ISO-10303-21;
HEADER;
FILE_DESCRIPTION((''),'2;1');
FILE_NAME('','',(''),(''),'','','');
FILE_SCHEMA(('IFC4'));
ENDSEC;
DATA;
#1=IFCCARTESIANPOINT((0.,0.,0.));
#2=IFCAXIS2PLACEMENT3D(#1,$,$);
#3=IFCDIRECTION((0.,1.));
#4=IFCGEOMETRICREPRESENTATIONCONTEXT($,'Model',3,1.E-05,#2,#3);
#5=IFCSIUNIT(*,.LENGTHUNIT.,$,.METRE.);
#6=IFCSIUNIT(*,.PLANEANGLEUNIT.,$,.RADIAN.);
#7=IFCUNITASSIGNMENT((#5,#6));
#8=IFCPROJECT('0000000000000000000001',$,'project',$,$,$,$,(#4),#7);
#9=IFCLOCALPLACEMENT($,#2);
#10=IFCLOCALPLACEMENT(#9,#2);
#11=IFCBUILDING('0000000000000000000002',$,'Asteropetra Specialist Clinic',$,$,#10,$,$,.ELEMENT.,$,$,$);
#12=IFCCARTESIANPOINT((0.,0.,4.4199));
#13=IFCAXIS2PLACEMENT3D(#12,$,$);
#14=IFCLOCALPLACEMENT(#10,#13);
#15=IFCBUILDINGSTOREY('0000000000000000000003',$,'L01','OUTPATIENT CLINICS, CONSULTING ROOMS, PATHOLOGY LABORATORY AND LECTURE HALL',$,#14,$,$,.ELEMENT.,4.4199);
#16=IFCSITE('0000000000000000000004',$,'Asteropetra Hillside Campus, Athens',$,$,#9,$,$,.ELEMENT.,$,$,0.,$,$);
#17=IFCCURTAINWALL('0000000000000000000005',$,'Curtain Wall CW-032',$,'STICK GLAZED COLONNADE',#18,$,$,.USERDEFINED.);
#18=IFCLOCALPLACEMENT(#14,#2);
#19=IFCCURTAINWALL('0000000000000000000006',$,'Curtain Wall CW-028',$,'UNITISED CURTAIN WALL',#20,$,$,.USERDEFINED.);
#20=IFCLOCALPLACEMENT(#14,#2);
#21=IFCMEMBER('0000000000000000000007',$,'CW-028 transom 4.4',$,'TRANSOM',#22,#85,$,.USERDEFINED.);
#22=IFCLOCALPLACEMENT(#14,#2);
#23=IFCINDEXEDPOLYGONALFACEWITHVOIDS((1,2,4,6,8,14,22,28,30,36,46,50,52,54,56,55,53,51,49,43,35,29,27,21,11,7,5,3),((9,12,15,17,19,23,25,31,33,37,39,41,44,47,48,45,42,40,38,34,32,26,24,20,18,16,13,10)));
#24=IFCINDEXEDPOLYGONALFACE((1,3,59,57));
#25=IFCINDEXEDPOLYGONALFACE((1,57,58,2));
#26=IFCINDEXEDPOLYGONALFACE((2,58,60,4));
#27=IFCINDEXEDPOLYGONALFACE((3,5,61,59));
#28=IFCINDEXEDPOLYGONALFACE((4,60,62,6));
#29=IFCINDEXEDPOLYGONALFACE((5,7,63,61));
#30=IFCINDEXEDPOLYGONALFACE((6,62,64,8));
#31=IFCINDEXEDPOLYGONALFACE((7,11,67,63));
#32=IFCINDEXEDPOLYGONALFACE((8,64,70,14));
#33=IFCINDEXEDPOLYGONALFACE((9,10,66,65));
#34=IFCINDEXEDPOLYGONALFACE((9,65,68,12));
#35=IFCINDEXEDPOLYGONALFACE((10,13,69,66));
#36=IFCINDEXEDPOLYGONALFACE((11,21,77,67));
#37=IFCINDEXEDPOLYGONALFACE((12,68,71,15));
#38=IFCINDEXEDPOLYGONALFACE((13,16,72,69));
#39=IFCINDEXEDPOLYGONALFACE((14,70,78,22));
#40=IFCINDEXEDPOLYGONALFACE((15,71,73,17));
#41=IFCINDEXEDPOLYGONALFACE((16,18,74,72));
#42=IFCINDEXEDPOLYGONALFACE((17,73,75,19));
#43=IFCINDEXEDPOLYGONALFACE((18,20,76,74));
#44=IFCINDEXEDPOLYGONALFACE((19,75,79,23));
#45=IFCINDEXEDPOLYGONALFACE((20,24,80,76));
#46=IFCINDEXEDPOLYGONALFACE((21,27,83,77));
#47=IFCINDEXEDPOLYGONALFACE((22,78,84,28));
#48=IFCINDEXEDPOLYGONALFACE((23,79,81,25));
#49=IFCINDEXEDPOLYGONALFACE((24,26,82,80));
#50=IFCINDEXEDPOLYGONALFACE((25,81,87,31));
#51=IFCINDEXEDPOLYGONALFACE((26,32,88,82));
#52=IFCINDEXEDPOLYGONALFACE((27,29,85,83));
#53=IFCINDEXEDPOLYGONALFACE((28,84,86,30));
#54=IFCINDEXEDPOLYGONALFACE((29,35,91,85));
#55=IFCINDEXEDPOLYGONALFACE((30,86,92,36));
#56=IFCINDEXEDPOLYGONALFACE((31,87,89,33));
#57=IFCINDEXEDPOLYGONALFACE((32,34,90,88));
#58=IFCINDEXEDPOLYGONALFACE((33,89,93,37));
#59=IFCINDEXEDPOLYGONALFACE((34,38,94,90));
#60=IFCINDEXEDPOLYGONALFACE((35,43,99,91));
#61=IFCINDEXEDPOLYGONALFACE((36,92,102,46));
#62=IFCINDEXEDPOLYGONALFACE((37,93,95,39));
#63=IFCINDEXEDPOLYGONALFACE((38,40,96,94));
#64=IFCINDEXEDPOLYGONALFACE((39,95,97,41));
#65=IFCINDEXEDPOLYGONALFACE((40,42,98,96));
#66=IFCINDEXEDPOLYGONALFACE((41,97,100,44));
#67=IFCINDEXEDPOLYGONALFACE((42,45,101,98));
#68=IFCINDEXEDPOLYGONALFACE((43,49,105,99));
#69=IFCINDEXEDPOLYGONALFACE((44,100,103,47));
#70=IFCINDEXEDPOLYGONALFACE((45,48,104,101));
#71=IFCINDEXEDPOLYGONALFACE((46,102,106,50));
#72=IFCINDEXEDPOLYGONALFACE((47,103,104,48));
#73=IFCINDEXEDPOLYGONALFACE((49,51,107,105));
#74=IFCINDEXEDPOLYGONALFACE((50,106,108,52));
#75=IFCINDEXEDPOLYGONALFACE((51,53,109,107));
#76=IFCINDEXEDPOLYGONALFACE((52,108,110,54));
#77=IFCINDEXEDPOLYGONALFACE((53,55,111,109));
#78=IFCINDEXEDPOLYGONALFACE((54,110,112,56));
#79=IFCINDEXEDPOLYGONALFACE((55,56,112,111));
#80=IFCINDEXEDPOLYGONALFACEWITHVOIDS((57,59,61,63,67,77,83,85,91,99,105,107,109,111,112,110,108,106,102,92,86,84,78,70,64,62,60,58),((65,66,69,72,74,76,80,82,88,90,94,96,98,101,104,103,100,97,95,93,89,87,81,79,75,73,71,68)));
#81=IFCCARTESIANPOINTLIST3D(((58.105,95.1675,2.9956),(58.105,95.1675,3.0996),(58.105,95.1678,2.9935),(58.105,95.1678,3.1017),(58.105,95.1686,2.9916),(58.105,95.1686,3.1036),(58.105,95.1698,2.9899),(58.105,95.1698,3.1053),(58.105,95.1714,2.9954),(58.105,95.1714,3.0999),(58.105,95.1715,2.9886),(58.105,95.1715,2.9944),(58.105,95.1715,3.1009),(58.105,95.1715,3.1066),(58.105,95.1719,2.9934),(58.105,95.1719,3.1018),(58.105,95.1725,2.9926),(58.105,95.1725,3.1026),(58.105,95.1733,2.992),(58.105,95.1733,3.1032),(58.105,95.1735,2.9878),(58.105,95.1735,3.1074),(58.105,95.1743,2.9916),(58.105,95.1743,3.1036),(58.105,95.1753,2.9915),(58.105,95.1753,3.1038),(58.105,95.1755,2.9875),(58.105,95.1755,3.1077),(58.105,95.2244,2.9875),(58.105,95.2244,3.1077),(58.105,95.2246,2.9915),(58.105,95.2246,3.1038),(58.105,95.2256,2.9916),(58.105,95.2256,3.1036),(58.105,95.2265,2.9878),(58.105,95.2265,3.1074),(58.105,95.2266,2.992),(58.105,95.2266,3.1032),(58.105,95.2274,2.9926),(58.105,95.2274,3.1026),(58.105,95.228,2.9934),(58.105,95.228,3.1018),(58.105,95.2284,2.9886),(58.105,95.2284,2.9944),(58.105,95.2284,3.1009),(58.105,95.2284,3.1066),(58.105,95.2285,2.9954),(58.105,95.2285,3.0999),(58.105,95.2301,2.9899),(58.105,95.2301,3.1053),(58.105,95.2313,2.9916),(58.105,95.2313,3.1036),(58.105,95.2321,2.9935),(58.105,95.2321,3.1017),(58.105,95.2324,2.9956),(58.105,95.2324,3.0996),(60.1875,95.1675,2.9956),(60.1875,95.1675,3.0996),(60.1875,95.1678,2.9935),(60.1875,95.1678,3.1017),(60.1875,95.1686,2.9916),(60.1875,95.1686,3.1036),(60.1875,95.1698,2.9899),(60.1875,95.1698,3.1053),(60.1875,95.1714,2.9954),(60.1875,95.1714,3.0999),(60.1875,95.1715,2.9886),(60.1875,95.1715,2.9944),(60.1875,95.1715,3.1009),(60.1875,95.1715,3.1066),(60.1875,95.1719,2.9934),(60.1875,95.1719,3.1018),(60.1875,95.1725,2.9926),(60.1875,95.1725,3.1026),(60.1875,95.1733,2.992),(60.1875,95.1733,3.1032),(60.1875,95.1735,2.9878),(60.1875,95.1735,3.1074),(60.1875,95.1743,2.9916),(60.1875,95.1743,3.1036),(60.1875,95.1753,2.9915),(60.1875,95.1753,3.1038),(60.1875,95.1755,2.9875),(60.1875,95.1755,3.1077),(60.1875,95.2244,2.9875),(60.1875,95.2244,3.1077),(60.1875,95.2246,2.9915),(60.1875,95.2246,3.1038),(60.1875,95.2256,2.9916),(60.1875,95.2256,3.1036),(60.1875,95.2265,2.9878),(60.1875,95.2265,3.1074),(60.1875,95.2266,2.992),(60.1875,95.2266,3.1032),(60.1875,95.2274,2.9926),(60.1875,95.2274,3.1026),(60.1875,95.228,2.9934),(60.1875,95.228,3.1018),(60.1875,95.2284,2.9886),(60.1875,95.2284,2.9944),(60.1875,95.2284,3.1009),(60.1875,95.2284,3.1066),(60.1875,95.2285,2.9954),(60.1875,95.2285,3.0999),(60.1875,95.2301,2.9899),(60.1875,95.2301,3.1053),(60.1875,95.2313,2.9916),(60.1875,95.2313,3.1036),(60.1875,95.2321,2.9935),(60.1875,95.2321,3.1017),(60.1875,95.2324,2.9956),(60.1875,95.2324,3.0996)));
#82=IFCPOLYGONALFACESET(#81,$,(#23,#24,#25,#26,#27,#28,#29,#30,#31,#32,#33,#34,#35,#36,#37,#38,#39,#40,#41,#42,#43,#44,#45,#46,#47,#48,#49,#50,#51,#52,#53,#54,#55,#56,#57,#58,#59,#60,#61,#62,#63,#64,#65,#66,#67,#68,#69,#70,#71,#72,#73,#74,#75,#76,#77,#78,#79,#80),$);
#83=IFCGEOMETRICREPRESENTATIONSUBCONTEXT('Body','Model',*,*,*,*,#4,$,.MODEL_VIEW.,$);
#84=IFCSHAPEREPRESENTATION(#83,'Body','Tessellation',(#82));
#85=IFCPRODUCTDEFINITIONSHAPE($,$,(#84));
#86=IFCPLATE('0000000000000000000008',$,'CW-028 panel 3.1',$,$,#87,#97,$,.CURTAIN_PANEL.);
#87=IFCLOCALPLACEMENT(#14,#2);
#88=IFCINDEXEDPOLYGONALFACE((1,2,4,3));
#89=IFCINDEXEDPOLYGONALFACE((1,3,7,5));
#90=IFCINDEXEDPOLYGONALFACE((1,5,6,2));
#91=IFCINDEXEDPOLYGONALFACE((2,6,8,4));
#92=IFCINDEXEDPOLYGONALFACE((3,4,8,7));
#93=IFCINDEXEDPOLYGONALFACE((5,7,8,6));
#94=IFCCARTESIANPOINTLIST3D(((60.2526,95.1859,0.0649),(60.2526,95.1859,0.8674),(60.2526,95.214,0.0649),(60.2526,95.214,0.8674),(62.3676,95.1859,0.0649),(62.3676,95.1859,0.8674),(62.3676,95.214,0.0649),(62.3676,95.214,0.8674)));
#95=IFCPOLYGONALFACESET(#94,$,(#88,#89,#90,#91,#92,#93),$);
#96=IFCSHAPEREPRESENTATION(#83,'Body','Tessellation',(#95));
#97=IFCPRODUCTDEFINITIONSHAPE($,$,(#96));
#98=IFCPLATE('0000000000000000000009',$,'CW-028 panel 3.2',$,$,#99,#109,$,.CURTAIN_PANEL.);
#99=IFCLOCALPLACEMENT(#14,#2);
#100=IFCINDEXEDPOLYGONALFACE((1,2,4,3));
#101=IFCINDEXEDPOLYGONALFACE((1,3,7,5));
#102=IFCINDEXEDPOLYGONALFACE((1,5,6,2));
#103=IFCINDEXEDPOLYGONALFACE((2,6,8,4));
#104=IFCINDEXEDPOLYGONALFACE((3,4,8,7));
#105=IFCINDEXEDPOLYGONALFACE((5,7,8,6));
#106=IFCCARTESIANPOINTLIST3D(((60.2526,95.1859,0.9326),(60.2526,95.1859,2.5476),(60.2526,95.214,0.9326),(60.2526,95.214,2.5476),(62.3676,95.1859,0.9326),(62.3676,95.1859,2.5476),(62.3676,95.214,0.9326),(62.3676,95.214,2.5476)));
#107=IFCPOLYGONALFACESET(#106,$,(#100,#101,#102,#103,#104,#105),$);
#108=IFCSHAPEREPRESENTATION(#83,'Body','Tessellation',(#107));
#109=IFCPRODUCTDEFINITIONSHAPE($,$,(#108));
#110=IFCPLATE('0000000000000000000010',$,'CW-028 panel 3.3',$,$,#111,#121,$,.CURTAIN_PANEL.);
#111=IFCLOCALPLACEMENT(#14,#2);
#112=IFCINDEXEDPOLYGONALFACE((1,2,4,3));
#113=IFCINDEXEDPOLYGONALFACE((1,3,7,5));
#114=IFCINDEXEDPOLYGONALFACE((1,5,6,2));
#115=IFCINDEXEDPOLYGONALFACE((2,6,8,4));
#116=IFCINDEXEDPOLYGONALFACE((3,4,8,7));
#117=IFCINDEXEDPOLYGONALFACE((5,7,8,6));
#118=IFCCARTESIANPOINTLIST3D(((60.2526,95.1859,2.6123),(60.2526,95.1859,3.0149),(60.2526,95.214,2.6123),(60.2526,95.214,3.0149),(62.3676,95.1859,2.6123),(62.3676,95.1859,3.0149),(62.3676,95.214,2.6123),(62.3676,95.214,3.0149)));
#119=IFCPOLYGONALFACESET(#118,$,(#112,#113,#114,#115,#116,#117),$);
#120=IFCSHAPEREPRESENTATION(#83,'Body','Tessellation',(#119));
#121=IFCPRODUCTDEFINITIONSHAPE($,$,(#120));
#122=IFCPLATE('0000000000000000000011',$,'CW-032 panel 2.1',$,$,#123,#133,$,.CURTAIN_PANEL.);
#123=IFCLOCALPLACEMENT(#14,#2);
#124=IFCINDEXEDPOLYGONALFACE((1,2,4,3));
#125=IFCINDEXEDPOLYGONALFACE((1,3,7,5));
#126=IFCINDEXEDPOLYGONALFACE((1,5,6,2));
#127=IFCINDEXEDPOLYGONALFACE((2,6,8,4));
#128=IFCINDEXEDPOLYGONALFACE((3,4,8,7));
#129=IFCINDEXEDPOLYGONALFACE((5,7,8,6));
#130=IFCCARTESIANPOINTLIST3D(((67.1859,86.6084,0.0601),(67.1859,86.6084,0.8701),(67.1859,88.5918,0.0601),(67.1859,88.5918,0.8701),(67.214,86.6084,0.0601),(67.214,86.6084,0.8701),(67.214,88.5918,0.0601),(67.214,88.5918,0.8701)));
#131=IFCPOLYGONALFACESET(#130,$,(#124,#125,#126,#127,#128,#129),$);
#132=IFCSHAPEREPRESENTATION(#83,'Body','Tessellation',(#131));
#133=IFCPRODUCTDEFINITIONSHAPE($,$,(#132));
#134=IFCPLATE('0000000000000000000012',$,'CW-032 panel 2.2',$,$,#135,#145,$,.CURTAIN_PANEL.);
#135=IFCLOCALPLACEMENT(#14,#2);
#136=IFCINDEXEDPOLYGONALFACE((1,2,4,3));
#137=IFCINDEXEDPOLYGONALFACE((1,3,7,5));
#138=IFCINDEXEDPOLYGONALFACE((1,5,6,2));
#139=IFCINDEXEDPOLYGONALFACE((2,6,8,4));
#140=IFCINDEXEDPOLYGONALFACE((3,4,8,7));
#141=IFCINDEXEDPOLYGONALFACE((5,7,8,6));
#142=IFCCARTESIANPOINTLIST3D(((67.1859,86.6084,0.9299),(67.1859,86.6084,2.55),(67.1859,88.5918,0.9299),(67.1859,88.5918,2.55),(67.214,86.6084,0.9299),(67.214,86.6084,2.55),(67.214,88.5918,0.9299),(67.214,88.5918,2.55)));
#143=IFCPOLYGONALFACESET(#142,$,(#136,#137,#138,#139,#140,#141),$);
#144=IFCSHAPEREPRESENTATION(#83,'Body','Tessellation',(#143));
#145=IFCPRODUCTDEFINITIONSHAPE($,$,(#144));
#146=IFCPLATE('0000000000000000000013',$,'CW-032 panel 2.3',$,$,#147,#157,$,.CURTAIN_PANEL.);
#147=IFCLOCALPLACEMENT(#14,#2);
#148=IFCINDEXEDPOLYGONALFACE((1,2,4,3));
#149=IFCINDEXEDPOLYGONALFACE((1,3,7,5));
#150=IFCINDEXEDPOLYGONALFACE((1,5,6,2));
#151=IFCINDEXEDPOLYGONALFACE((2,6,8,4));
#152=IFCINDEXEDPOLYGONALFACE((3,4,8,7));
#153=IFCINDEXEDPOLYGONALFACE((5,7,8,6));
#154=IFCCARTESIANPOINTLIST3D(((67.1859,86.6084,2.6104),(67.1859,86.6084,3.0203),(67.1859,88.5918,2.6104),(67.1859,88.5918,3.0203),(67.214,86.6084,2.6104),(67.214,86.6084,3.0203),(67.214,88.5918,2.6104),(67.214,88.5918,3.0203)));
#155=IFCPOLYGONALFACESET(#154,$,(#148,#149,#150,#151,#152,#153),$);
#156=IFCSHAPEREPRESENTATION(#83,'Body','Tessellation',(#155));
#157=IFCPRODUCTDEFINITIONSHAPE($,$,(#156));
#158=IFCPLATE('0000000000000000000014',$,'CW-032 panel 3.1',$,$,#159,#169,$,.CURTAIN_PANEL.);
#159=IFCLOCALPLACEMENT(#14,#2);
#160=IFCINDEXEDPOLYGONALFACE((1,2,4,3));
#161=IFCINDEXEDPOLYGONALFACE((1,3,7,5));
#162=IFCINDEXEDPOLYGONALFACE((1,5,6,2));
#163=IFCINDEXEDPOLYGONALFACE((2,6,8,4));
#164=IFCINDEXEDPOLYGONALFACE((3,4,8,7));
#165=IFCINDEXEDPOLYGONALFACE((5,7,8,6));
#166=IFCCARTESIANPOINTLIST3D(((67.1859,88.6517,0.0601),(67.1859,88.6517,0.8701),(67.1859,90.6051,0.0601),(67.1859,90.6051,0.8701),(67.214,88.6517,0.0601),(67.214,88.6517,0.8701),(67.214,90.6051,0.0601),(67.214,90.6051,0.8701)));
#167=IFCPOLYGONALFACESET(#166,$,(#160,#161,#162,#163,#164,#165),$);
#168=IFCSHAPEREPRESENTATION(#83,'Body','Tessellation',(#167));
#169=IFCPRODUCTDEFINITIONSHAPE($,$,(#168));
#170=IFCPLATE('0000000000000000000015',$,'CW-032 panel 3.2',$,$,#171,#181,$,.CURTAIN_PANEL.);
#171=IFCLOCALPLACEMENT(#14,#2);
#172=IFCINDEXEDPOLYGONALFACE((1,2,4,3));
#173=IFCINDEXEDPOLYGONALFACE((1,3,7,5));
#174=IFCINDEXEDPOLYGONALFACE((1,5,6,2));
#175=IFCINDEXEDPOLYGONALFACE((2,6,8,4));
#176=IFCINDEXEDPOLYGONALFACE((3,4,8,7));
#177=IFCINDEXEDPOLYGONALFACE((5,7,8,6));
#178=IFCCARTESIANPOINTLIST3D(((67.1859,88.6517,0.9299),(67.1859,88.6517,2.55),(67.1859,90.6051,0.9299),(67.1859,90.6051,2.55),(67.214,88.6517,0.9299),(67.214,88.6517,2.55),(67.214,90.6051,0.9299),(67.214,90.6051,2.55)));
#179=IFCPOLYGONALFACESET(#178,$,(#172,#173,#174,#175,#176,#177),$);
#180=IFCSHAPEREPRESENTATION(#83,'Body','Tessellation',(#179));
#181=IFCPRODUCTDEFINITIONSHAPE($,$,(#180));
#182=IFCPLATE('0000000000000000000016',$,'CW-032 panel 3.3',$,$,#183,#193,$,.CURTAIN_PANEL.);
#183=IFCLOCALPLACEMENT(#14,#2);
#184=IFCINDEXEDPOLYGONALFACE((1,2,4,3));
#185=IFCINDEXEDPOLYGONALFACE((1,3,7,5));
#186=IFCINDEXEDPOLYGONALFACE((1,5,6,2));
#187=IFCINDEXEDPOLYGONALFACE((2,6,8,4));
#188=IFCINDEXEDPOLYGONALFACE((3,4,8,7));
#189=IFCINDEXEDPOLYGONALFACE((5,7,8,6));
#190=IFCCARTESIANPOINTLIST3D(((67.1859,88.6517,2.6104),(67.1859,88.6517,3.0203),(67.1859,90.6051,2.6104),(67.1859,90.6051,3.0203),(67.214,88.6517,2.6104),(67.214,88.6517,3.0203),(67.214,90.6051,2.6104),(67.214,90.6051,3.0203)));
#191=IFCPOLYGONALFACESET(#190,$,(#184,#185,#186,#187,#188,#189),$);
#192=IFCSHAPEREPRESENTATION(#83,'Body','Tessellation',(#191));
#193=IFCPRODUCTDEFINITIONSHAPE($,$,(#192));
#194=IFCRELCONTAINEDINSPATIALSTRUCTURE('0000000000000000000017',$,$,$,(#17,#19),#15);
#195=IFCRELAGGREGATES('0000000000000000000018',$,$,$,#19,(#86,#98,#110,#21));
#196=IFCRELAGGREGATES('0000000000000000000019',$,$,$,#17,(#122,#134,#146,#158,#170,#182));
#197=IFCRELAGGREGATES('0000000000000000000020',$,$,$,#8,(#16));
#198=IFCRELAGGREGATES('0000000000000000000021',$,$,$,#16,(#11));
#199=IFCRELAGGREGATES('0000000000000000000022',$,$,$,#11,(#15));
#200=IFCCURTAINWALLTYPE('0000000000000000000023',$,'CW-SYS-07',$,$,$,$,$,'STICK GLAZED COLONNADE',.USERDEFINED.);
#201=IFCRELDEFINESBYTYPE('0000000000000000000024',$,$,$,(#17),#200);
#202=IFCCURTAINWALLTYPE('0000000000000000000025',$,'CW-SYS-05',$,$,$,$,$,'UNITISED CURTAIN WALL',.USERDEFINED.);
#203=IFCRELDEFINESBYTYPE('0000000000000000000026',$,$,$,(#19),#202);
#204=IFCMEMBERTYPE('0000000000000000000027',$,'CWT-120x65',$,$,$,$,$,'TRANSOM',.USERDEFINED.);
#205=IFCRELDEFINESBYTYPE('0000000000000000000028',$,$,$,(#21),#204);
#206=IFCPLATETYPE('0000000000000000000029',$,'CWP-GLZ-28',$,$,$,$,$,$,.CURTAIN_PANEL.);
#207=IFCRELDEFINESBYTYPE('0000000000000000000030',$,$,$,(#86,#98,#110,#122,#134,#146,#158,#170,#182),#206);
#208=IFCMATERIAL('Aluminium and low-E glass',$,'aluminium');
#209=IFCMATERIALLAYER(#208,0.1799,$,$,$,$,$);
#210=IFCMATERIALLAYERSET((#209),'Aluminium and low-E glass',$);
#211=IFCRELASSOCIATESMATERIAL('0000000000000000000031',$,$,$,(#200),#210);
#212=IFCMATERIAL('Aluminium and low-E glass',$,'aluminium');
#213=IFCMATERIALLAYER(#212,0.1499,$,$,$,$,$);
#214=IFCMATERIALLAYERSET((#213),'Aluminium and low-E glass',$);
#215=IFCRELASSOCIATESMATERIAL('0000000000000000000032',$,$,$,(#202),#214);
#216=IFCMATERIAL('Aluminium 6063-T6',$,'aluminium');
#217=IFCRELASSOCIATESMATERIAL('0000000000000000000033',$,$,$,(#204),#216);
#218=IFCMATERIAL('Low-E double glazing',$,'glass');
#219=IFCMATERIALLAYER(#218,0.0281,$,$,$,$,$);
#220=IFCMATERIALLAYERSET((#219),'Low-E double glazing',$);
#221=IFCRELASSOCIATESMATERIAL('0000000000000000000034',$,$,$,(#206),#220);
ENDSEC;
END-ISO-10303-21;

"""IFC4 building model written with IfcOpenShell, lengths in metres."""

from ifc_helpers import new_model, si_unit, direction, frame, origin, origin_2d, place, context, subcontext, project, spatial, rectangle, hollow_rectangle, extrude, material, layer, layer_set, material_profile, profile_set, type_object, element, aggregate, save


model = new_model("IFC4")

# Units and contexts
model_context = context("Model", 3, precision=1e-05, world=origin(), true_north=direction((0.0, 1.0)))
body_context = subcontext(model_context, "Body", "Model", "MODEL_VIEW")
ifc_project = project(units=[si_unit("LENGTHUNIT", "METRE"), si_unit("PLANEANGLEUNIT", "RADIAN")], contexts=[model_context])

# Site, building, storey
site_placement = place(None, origin())
site = spatial("IfcSite", under=ifc_project, at=site_placement, Name="Asteropetra Hillside Campus, Athens", CompositionType="ELEMENT", RefElevation=0.0)
building_placement = place(site_placement, origin())
building = spatial("IfcBuilding", under=site, at=building_placement, Name="Asteropetra Specialist Clinic", CompositionType="ELEMENT")
storey_placement = place(building_placement, frame((0.0, 0.0, 4.4199)))
storey = spatial("IfcBuildingStorey", under=building, at=storey_placement, Name="L01", Description="OUTPATIENT CLINICS, CONSULTING ROOMS, PATHOLOGY LABORATORY AND LECTURE HALL", CompositionType="ELEMENT", Elevation=4.4199)

# Curtain wall
ifc_material_1 = material(Name="Aluminium and low-E glass", Category="aluminium")
ifc_layer_1 = layer(ifc_material_1, 0.1799)
ifc_layer_set_1 = layer_set([ifc_layer_1], Name="Aluminium and low-E glass")
curtain_wall_type_1 = type_object("IfcCurtainWallType", Name="CW-SYS-07", ElementType="STICK GLAZED COLONNADE", PredefinedType="USERDEFINED", material=ifc_layer_set_1)
curtain_wall_1_placement = place(storey_placement, origin())
curtain_wall_1 = element("IfcCurtainWall", 1, at=curtain_wall_1_placement, inside=storey, type_object=curtain_wall_type_1, Name="Curtain Wall CW-032", ObjectType="STICK GLAZED COLONNADE", PredefinedType="USERDEFINED")

# Curtain wall
ifc_material_2 = material(Name="Aluminium and low-E glass", Category="aluminium")
ifc_layer_2 = layer(ifc_material_2, 0.1499)
ifc_layer_set_2 = layer_set([ifc_layer_2], Name="Aluminium and low-E glass")
curtain_wall_type_2 = type_object("IfcCurtainWallType", Name="CW-SYS-05", ElementType="UNITISED CURTAIN WALL", PredefinedType="USERDEFINED", material=ifc_layer_set_2)
curtain_wall_2_placement = place(storey_placement, origin())
curtain_wall_2 = element("IfcCurtainWall", 2, at=curtain_wall_2_placement, inside=storey, type_object=curtain_wall_type_2, Name="Curtain Wall CW-028", ObjectType="UNITISED CURTAIN WALL", PredefinedType="USERDEFINED")

# Member
ifc_material_3 = material(Name="Aluminium 6063-T6", Category="aluminium")
ifc_material_profile_1 = material_profile(ifc_material_3, hollow_rectangle(XDim=0.0649, YDim=0.1201, WallThickness=0.0039, InnerFilletRadius=0.0039, OuterFilletRadius=0.0081, at=origin_2d()), Name="TRN 120x65x4.0")
ifc_profile_set_1 = profile_set([ifc_material_profile_1], Name="Aluminium 6063-T6")
member_type_1 = type_object("IfcMemberType", Name="CWT-120x65", ElementType="TRANSOM", PredefinedType="USERDEFINED", material=ifc_profile_set_1)
member_1_placement = place(storey_placement, frame((60.1875, 95.2, 3.0476), z_axis=(-1.0, 0.0, 0.0), x_axis=(0.0, -1.0, 0.0)))
member_1 = element("IfcMember", 3, at=member_1_placement, type_object=member_type_1, Name="CW-028 transom 4.4", ObjectType="TRANSOM", PredefinedType="USERDEFINED", context=body_context, shape_type="SweptSolid", body=[
    extrude(hollow_rectangle(XDim=0.0649, YDim=0.1201, WallThickness=0.0039, InnerFilletRadius=0.0039, OuterFilletRadius=0.0081, at=origin_2d()), origin(), (0.0, 0.0, 1.0), 2.0825),
])

# Plates
ifc_material_4 = material(Name="Low-E double glazing", Category="glass")
ifc_layer_3 = layer(ifc_material_4, 0.0281)
ifc_layer_set_3 = layer_set([ifc_layer_3], Name="Low-E double glazing")
plate_type = type_object("IfcPlateType", Name="CWP-GLZ-28", PredefinedType="CURTAIN_PANEL", material=ifc_layer_set_3)
plate_1_placement = place(storey_placement, frame((61.3101, 95.2, 0.0649), z_axis=(0.0, 0.0, 1.0), x_axis=(-1.0, 0.0, 0.0)))
plate_1 = element("IfcPlate", 4, at=plate_1_placement, type_object=plate_type, Name="CW-028 panel 3.1", PredefinedType="CURTAIN_PANEL", context=body_context, shape_type="SweptSolid", body=[
    extrude(rectangle(XDim=2.115, YDim=0.0281, at=origin_2d()), origin(), (0.0, 0.0, 1.0), 0.8025),
])
plate_2_placement = place(storey_placement, frame((61.3101, 95.2, 0.9326), z_axis=(0.0, 0.0, 1.0), x_axis=(-1.0, 0.0, 0.0)))
plate_2 = element("IfcPlate", 5, at=plate_2_placement, type_object=plate_type, Name="CW-028 panel 3.2", PredefinedType="CURTAIN_PANEL", context=body_context, shape_type="SweptSolid", body=[
    extrude(rectangle(XDim=2.115, YDim=0.0281, at=origin_2d()), origin(), (0.0, 0.0, 1.0), 1.615),
])
plate_3_placement = place(storey_placement, frame((61.3101, 95.2, 2.6123), z_axis=(0.0, 0.0, 1.0), x_axis=(-1.0, 0.0, 0.0)))
plate_3 = element("IfcPlate", 6, at=plate_3_placement, type_object=plate_type, Name="CW-028 panel 3.3", PredefinedType="CURTAIN_PANEL", context=body_context, shape_type="SweptSolid", body=[
    extrude(rectangle(XDim=2.115, YDim=0.0281, at=origin_2d()), origin(), (0.0, 0.0, 1.0), 0.4026),
])
aggregate(curtain_wall_2, [plate_1, plate_2, plate_3, member_1])
plate_4_placement = place(storey_placement, frame((67.2, 87.6001, 0.0601), z_axis=(0.0, 0.0, 1.0), x_axis=(0.0, 1.0, 0.0)))
plate_4 = element("IfcPlate", 7, at=plate_4_placement, type_object=plate_type, Name="CW-032 panel 2.1", PredefinedType="CURTAIN_PANEL", context=body_context, shape_type="SweptSolid", body=[
    extrude(rectangle(XDim=1.9834, YDim=0.0281, at=origin_2d()), origin(), (0.0, 0.0, 1.0), 0.8101),
])
plate_5_placement = place(storey_placement, frame((67.2, 87.6001, 0.9299), z_axis=(0.0, 0.0, 1.0), x_axis=(0.0, 1.0, 0.0)))
plate_5 = element("IfcPlate", 8, at=plate_5_placement, type_object=plate_type, Name="CW-032 panel 2.2", PredefinedType="CURTAIN_PANEL", context=body_context, shape_type="SweptSolid", body=[
    extrude(rectangle(XDim=1.9834, YDim=0.0281, at=origin_2d()), origin(), (0.0, 0.0, 1.0), 1.6201),
])
plate_6_placement = place(storey_placement, frame((67.2, 87.6001, 2.6104), z_axis=(0.0, 0.0, 1.0), x_axis=(0.0, 1.0, 0.0)))
plate_6 = element("IfcPlate", 9, at=plate_6_placement, type_object=plate_type, Name="CW-032 panel 2.3", PredefinedType="CURTAIN_PANEL", context=body_context, shape_type="SweptSolid", body=[
    extrude(rectangle(XDim=1.9834, YDim=0.0281, at=origin_2d()), origin(), (0.0, 0.0, 1.0), 0.4099),
])
plate_7_placement = place(storey_placement, frame((67.2, 89.6284, 0.0601), z_axis=(0.0, 0.0, 1.0), x_axis=(0.0, 1.0, 0.0)))
plate_7 = element("IfcPlate", 10, at=plate_7_placement, type_object=plate_type, Name="CW-032 panel 3.1", PredefinedType="CURTAIN_PANEL", context=body_context, shape_type="SweptSolid", body=[
    extrude(rectangle(XDim=1.9534, YDim=0.0281, at=origin_2d()), origin(), (0.0, 0.0, 1.0), 0.8101),
])
plate_8_placement = place(storey_placement, frame((67.2, 89.6284, 0.9299), z_axis=(0.0, 0.0, 1.0), x_axis=(0.0, 1.0, 0.0)))
plate_8 = element("IfcPlate", 11, at=plate_8_placement, type_object=plate_type, Name="CW-032 panel 3.2", PredefinedType="CURTAIN_PANEL", context=body_context, shape_type="SweptSolid", body=[
    extrude(rectangle(XDim=1.9534, YDim=0.0281, at=origin_2d()), origin(), (0.0, 0.0, 1.0), 1.6201),
])
plate_9_placement = place(storey_placement, frame((67.2, 89.6284, 2.6104), z_axis=(0.0, 0.0, 1.0), x_axis=(0.0, 1.0, 0.0)))
plate_9 = element("IfcPlate", 12, at=plate_9_placement, type_object=plate_type, Name="CW-032 panel 3.3", PredefinedType="CURTAIN_PANEL", context=body_context, shape_type="SweptSolid", body=[
    extrude(rectangle(XDim=1.9534, YDim=0.0281, at=origin_2d()), origin(), (0.0, 0.0, 1.0), 0.4099),
])
aggregate(curtain_wall_1, [plate_4, plate_5, plate_6, plate_7, plate_8, plate_9])

save(model, "model.ifc")
